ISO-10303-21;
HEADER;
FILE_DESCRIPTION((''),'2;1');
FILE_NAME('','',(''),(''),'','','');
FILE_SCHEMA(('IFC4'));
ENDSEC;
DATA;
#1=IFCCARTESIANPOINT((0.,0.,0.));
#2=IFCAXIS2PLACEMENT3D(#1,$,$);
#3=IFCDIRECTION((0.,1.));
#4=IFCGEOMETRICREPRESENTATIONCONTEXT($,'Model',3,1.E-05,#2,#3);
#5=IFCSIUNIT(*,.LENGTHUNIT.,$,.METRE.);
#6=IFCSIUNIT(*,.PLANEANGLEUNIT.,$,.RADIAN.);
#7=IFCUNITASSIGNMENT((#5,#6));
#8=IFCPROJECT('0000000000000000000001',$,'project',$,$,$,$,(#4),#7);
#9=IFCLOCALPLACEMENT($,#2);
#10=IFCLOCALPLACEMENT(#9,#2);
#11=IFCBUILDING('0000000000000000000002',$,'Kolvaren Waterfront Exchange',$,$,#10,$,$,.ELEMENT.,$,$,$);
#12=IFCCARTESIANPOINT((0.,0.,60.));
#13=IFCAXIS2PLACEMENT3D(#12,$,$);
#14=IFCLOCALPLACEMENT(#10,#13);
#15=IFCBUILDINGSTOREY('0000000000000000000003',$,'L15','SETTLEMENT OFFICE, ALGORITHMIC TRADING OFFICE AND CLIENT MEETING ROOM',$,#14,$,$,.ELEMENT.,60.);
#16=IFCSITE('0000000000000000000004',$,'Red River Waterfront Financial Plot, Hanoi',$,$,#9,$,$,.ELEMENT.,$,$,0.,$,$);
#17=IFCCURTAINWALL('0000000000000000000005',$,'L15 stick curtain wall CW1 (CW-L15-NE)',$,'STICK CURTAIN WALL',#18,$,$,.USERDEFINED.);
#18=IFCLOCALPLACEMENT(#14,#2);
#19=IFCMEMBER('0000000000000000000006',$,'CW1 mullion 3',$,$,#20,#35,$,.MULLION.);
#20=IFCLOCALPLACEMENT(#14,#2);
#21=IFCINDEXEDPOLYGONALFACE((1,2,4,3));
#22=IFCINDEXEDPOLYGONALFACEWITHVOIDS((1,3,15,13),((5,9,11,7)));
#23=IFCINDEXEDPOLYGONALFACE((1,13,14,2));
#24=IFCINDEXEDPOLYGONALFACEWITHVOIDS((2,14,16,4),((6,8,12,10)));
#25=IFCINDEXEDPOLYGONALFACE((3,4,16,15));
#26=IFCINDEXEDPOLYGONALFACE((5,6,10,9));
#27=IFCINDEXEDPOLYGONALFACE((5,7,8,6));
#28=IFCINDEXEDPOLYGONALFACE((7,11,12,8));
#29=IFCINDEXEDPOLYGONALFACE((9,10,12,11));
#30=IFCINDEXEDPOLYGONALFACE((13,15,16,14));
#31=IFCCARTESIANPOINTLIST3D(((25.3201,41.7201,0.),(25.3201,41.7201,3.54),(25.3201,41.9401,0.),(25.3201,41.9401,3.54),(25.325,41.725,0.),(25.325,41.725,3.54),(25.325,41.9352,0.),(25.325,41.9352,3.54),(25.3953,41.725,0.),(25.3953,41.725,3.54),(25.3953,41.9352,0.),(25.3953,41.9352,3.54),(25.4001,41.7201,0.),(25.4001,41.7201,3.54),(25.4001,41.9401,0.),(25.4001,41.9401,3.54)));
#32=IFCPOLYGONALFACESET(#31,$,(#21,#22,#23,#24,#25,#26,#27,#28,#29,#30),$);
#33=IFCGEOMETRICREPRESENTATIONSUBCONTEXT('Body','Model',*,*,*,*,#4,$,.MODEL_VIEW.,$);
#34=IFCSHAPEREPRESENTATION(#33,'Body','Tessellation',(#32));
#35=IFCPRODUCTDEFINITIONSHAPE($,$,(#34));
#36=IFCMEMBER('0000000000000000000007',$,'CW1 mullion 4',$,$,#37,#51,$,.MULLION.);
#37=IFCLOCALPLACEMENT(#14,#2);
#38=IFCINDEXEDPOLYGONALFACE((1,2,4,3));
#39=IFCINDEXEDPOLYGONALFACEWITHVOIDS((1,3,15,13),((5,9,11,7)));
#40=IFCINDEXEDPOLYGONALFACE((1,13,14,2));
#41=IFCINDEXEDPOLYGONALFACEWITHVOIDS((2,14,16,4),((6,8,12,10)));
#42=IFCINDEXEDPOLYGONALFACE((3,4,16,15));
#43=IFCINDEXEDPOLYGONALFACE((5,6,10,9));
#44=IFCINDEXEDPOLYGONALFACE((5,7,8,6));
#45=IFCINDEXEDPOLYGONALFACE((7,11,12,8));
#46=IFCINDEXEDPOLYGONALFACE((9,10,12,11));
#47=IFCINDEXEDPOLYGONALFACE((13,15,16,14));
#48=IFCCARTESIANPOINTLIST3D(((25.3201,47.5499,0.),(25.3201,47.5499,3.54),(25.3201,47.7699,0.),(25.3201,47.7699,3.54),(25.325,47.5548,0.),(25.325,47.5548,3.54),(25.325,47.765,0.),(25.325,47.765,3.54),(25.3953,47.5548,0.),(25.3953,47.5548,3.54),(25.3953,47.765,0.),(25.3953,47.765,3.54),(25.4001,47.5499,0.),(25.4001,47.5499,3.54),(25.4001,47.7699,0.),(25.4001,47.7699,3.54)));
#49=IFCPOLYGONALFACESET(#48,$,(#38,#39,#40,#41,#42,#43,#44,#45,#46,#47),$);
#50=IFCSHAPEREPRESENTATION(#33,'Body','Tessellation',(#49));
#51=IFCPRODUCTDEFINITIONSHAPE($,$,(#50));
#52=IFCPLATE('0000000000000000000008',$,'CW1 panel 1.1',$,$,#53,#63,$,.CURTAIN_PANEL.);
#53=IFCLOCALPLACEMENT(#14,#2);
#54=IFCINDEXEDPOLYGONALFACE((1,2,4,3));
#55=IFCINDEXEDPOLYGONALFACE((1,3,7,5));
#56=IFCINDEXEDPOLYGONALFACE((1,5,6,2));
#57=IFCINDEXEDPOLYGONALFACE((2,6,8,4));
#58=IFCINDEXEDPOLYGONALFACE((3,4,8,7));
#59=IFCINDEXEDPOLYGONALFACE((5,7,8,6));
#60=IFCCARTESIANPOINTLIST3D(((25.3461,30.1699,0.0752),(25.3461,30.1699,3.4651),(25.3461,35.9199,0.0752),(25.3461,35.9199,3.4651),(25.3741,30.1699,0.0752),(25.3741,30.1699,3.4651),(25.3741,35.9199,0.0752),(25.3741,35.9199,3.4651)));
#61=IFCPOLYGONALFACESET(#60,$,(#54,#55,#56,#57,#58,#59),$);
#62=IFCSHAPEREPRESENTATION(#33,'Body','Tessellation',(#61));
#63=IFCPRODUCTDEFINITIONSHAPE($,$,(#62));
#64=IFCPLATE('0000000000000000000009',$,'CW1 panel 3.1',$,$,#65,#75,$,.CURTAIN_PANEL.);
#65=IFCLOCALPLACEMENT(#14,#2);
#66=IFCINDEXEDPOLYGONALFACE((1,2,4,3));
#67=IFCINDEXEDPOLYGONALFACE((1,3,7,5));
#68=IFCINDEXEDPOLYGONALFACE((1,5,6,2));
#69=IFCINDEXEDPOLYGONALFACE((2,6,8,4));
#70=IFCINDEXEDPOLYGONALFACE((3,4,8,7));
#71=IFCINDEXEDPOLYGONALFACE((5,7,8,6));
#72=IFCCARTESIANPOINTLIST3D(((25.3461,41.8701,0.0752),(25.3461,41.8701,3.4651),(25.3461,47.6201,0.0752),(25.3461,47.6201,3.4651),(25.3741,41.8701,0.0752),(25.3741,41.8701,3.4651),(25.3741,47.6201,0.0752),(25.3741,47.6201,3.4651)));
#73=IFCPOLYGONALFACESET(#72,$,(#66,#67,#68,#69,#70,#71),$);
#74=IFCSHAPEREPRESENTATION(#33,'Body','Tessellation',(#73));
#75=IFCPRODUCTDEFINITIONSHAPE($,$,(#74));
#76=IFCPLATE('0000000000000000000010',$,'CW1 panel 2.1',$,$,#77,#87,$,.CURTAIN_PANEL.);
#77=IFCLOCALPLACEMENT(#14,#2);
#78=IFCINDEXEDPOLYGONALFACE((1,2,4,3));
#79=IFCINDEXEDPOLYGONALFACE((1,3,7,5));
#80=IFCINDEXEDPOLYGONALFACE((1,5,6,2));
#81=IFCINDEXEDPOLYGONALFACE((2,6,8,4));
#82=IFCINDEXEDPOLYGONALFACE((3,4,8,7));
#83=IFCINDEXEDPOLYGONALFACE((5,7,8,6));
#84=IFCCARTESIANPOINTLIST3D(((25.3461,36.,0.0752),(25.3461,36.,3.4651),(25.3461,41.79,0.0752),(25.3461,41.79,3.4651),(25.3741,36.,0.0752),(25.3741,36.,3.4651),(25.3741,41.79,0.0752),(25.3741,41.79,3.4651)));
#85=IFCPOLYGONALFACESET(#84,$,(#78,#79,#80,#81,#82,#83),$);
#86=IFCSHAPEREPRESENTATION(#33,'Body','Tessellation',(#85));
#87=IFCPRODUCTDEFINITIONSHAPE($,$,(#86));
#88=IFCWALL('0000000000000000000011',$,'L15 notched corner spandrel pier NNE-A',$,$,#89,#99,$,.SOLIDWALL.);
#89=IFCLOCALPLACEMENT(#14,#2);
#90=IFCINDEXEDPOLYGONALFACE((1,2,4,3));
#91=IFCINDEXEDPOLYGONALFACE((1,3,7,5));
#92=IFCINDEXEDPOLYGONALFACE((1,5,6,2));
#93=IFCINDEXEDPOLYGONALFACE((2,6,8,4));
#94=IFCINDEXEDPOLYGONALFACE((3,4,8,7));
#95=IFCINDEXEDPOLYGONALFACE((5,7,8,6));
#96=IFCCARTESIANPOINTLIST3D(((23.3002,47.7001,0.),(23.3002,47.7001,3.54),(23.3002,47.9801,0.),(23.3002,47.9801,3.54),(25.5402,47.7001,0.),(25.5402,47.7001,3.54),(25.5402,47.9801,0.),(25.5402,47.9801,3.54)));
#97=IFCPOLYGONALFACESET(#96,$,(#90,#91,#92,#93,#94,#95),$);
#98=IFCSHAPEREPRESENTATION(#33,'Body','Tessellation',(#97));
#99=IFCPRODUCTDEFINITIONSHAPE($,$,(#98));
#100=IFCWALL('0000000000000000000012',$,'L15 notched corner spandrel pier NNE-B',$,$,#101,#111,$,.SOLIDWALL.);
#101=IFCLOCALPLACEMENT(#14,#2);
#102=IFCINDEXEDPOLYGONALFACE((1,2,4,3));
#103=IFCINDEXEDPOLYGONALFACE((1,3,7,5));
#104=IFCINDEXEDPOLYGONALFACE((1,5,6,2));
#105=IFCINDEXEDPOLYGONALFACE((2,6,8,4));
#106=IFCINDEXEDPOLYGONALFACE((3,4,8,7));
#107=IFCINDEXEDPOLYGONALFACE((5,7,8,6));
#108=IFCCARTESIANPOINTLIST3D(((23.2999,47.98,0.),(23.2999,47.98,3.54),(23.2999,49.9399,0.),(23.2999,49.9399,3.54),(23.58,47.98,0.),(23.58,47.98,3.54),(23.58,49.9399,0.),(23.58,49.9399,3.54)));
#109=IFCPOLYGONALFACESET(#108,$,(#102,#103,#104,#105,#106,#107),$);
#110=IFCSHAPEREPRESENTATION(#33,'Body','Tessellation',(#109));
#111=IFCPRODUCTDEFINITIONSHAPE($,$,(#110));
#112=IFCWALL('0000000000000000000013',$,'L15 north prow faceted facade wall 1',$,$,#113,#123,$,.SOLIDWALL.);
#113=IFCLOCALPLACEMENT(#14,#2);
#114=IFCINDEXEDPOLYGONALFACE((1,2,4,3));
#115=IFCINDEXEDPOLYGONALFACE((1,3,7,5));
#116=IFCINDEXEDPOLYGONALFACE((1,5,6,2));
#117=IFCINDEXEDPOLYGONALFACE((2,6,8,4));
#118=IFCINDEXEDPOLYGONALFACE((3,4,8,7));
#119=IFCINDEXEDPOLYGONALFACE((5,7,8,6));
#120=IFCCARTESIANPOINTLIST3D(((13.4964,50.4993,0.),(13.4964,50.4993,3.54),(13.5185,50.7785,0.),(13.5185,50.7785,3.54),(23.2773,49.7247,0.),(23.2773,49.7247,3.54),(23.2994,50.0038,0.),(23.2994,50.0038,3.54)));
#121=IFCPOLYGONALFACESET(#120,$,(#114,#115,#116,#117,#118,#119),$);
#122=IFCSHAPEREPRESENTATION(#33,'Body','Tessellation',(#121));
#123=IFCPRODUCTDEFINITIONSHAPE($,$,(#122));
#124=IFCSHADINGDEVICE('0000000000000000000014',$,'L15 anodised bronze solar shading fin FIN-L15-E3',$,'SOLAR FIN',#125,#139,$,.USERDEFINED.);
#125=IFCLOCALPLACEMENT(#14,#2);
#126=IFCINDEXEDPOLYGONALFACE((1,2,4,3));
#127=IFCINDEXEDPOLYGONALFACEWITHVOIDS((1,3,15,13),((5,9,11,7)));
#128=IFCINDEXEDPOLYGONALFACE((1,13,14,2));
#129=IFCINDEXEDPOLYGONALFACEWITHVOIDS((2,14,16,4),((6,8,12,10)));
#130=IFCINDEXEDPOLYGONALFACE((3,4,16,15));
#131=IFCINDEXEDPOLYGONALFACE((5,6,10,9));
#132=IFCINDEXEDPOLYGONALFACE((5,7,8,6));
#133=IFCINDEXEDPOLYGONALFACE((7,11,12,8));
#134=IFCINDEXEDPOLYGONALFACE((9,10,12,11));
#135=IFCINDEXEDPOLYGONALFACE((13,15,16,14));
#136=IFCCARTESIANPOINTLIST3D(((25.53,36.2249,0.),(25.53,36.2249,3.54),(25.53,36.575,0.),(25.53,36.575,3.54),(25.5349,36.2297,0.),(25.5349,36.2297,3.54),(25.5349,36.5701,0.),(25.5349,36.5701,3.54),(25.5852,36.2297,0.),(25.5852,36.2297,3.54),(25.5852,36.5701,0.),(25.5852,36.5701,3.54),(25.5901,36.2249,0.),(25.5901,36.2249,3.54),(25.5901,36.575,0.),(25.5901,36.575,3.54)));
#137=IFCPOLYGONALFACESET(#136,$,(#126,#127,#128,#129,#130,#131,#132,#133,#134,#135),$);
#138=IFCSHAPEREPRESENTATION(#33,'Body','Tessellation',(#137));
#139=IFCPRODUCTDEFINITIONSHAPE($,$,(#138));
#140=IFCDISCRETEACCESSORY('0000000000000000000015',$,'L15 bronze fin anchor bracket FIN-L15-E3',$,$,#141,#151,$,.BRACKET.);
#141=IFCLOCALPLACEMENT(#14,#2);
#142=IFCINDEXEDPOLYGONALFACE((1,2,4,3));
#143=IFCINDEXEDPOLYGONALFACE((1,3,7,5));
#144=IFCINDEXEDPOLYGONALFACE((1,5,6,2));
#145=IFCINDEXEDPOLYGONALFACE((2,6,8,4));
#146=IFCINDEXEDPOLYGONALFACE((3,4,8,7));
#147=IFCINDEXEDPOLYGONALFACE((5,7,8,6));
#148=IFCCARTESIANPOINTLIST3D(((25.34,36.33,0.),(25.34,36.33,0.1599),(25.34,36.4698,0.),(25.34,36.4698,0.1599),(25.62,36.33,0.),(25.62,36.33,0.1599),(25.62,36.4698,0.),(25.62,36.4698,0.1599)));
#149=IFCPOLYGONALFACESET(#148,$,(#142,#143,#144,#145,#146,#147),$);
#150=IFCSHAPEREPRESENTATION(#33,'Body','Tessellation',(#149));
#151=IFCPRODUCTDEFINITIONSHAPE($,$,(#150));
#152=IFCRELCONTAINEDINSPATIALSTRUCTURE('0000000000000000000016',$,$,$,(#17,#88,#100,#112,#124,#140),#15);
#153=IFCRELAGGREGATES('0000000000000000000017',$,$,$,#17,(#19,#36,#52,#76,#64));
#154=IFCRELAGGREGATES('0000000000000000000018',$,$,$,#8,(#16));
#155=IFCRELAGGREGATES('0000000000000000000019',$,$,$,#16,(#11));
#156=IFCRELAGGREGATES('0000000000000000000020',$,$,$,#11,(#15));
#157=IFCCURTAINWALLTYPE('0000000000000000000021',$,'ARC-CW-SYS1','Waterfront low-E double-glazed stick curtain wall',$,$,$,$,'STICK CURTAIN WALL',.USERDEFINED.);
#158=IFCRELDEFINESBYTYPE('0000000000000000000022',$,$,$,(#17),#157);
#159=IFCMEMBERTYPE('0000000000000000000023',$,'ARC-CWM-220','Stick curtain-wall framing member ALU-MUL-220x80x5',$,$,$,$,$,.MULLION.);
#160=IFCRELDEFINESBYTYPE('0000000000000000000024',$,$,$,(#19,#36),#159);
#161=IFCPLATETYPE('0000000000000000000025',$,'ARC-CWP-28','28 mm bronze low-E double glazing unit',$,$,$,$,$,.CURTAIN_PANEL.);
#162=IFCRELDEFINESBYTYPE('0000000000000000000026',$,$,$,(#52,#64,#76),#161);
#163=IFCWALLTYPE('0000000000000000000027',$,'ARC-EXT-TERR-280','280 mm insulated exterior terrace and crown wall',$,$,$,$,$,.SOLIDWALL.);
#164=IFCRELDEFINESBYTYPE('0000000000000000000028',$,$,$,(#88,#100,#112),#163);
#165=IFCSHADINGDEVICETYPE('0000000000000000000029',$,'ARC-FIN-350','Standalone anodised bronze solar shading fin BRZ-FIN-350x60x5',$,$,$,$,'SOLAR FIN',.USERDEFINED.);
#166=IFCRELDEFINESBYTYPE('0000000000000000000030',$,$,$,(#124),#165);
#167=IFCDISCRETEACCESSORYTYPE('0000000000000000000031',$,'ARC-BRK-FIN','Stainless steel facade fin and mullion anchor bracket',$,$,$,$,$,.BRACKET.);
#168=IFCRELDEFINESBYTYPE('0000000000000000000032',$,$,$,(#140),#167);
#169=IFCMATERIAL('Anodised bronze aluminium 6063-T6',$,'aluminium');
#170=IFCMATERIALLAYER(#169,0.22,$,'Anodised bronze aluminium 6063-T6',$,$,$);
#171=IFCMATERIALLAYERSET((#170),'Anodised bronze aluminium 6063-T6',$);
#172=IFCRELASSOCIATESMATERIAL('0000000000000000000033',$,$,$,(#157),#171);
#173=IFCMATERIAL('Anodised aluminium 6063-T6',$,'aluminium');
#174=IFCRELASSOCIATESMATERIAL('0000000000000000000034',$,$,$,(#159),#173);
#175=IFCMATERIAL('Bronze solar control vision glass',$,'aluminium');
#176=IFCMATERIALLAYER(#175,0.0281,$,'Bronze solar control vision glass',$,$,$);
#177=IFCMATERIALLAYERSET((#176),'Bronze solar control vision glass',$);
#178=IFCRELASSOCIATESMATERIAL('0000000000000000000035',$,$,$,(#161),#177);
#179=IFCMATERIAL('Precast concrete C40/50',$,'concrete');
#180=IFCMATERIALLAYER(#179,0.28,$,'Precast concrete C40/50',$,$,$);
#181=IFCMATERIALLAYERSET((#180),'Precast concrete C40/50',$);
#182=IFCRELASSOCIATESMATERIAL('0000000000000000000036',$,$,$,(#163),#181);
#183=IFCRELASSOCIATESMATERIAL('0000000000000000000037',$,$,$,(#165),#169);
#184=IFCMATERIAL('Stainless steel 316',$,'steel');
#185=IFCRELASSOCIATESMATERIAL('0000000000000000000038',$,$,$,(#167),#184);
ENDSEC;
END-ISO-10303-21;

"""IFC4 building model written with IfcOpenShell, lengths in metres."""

from ifc_helpers import new_model, si_unit, direction, frame, frame_2d, origin, origin_with_axes, origin_2d, place, context, subcontext, project, spatial, rectangle, hollow_rectangle, extrude, source, transform, mapped, material, layer, layer_set, material_profile, profile_set, type_object, element, aggregate, save


model = new_model("IFC4")

# Units and contexts
model_context = context("Model", 3, precision=1e-05, world=origin(), true_north=direction((0.0, 1.0)))
body_context = subcontext(model_context, "Body", "Model", "MODEL_VIEW")
ifc_project = project(units=[si_unit("LENGTHUNIT", "METRE"), si_unit("PLANEANGLEUNIT", "RADIAN")], contexts=[model_context])

# Site, building, storey
site_placement = place(None, origin())
site = spatial("IfcSite", under=ifc_project, at=site_placement, Name="Red River Waterfront Financial Plot, Hanoi", CompositionType="ELEMENT", RefElevation=0.0)
building_placement = place(site_placement, origin())
building = spatial("IfcBuilding", under=site, at=building_placement, Name="Kolvaren Waterfront Exchange", CompositionType="ELEMENT")
storey_placement = place(building_placement, frame((0.0, 0.0, 60.0)))
storey = spatial("IfcBuildingStorey", under=building, at=storey_placement, Name="L15", Description="SETTLEMENT OFFICE, ALGORITHMIC TRADING OFFICE AND CLIENT MEETING ROOM", CompositionType="ELEMENT", Elevation=60.0)

# Curtain wall, members, plates
ifc_material_1 = material(Name="Anodised bronze aluminium 6063-T6", Category="aluminium")
ifc_layer_1 = layer(ifc_material_1, 0.22, Name="Anodised bronze aluminium 6063-T6")
ifc_layer_set_1 = layer_set([ifc_layer_1], Name="Anodised bronze aluminium 6063-T6")
curtain_wall_type = type_object("IfcCurtainWallType", Name="ARC-CW-SYS1", Description="Waterfront low-E double-glazed stick curtain wall", ElementType="STICK CURTAIN WALL", PredefinedType="USERDEFINED", material=ifc_layer_set_1)
curtain_wall_placement = place(storey_placement, origin())
curtain_wall = element("IfcCurtainWall", 1, at=curtain_wall_placement, inside=storey, type_object=curtain_wall_type, Name="L15 stick curtain wall CW1 (CW-L15-NE)", ObjectType="STICK CURTAIN WALL", PredefinedType="USERDEFINED")
ifc_material_2 = material(Name="Anodised aluminium 6063-T6", Category="aluminium")
ifc_material_profile_1 = material_profile(ifc_material_2, hollow_rectangle(XDim=0.0801, YDim=0.22, WallThickness=0.0049, at=origin_2d()), Name="ALU-MUL-220x80x5")
ifc_profile_set_1 = profile_set([ifc_material_profile_1], Name="Anodised aluminium 6063-T6")
member_type_1 = type_object("IfcMemberType", Name="ARC-CWM-220", Description="Stick curtain-wall framing member ALU-MUL-220x80x5", PredefinedType="MULLION", material=ifc_profile_set_1)
shared_shape_1 = source(origin_with_axes(), body_context, "Body", "SweptSolid", [
    extrude(hollow_rectangle(XDim=0.0801, YDim=0.22, WallThickness=0.0049, at=origin_2d()), origin(), (0.0, 0.0, 1.0), 3.54),
])
member_1_placement = place(storey_placement, frame((25.3601, 41.8301, 0.0), z_axis=(0.0, 0.0, 1.0), x_axis=(-1.0, 0.0, 0.0)))
member_1 = element("IfcMember", 2, at=member_1_placement, type_object=member_type_1, Name="CW1 mullion 3", PredefinedType="MULLION", context=body_context, shape_type="MappedRepresentation", body=[
    mapped(shared_shape_1, transform((0.0, 0.0, 0.0), x_axis=(1.0, 0.0, 0.0), y_axis=(0.0, 1.0, 0.0), z_axis=(0.0, 0.0, 1.0), scale=1.0)),
])
member_2_placement = place(storey_placement, frame((25.3601, 47.6599, 0.0), z_axis=(0.0, 0.0, 1.0), x_axis=(-1.0, 0.0, 0.0)))
member_2 = element("IfcMember", 3, at=member_2_placement, type_object=member_type_1, Name="CW1 mullion 4", PredefinedType="MULLION", context=body_context, shape_type="MappedRepresentation", body=[
    mapped(shared_shape_1, transform((0.0, 0.0, 0.0), x_axis=(1.0, 0.0, 0.0), y_axis=(0.0, 1.0, 0.0), z_axis=(0.0, 0.0, 1.0), scale=1.0)),
])
ifc_material_3 = material(Name="Bronze solar control vision glass", Category="aluminium")
ifc_layer_2 = layer(ifc_material_3, 0.0281, Name="Bronze solar control vision glass")
ifc_layer_set_2 = layer_set([ifc_layer_2], Name="Bronze solar control vision glass")
plate_type = type_object("IfcPlateType", Name="ARC-CWP-28", Description="28 mm bronze low-E double glazing unit", PredefinedType="CURTAIN_PANEL", material=ifc_layer_set_2)
shared_shape_2 = source(origin_with_axes(), body_context, "Body", "SweptSolid", [
    extrude(rectangle(XDim=5.75, YDim=0.0281, at=origin_2d()), origin(), (0.0, 0.0, 1.0), 3.3899),
])
plate_1_placement = place(storey_placement, frame((25.3601, 33.0449, 0.0752), z_axis=(0.0, 0.0, 1.0), x_axis=(0.0, 1.0, 0.0)))
plate_1 = element("IfcPlate", 4, at=plate_1_placement, type_object=plate_type, Name="CW1 panel 1.1", PredefinedType="CURTAIN_PANEL", context=body_context, shape_type="MappedRepresentation", body=[
    mapped(shared_shape_2, transform((0.0, 0.0, 0.0), x_axis=(1.0, 0.0, 0.0), y_axis=(0.0, 1.0, 0.0), z_axis=(0.0, 0.0, 1.0), scale=1.0)),
])
plate_2_placement = place(storey_placement, frame((25.3601, 44.7451, 0.0752), z_axis=(0.0, 0.0, 1.0), x_axis=(0.0, 1.0, 0.0)))
plate_2 = element("IfcPlate", 5, at=plate_2_placement, type_object=plate_type, Name="CW1 panel 3.1", PredefinedType="CURTAIN_PANEL", context=body_context, shape_type="MappedRepresentation", body=[
    mapped(shared_shape_2, transform((0.0, 0.0, 0.0), x_axis=(1.0, 0.0, 0.0), y_axis=(0.0, 1.0, 0.0), z_axis=(0.0, 0.0, 1.0), scale=1.0)),
])
shared_shape_3 = source(origin_with_axes(), body_context, "Body", "SweptSolid", [
    extrude(rectangle(XDim=5.79, YDim=0.0281, at=origin_2d()), origin(), (0.0, 0.0, 1.0), 3.3899),
])
plate_3_placement = place(storey_placement, frame((25.3601, 38.895, 0.0752), z_axis=(0.0, 0.0, 1.0), x_axis=(0.0, 1.0, 0.0)))
plate_3 = element("IfcPlate", 6, at=plate_3_placement, type_object=plate_type, Name="CW1 panel 2.1", PredefinedType="CURTAIN_PANEL", context=body_context, shape_type="MappedRepresentation", body=[
    mapped(shared_shape_3, transform((0.0, 0.0, 0.0), x_axis=(1.0, 0.0, 0.0), y_axis=(0.0, 1.0, 0.0), z_axis=(0.0, 0.0, 1.0), scale=1.0)),
])
aggregate(curtain_wall, [member_1, member_2, plate_1, plate_3, plate_2])

# Walls
ifc_material_4 = material(Name="Precast concrete C40/50", Category="concrete")
ifc_layer_3 = layer(ifc_material_4, 0.28, Name="Precast concrete C40/50")
ifc_layer_set_3 = layer_set([ifc_layer_3], Name="Precast concrete C40/50")
wall_type = type_object("IfcWallType", Name="ARC-EXT-TERR-280", Description="280 mm insulated exterior terrace and crown wall", PredefinedType="SOLIDWALL", material=ifc_layer_set_3)
wall_1_placement = place(storey_placement, frame((23.3, 47.8401, 0.0), z_axis=(0.0, 0.0, 1.0), x_axis=(1.0, 0.0, 0.0)))
element("IfcWall", 7, at=wall_1_placement, inside=storey, type_object=wall_type, Name="L15 notched corner spandrel pier NNE-A", PredefinedType="SOLIDWALL", context=body_context, shape_type="SweptSolid", body=[
    extrude(rectangle(XDim=2.24, YDim=0.28, at=frame_2d((1.1201, 0.0))), origin(), (0.0, 0.0, 1.0), 3.54),
])
wall_2_placement = place(storey_placement, frame((23.4399, 47.98, 0.0), z_axis=(0.0, 0.0, 1.0), x_axis=(0.0, 1.0, 0.0)))
element("IfcWall", 8, at=wall_2_placement, inside=storey, type_object=wall_type, Name="L15 notched corner spandrel pier NNE-B", PredefinedType="SOLIDWALL", context=body_context, shape_type="SweptSolid", body=[
    extrude(rectangle(XDim=1.96, YDim=0.28, at=frame_2d((0.98, 0.0))), origin(), (0.0, 0.0, 1.0), 3.54),
])
wall_3_placement = place(storey_placement, frame((23.2883, 49.8643, 0.0), z_axis=(0.0, 0.0, 1.0), x_axis=(-0.996878, 0.078953, 0.0)))
element("IfcWall", 9, at=wall_3_placement, inside=storey, type_object=wall_type, Name="L15 north prow faceted facade wall 1", PredefinedType="SOLIDWALL", context=body_context, shape_type="SweptSolid", body=[
    extrude(rectangle(XDim=9.8115, YDim=0.28, at=frame_2d((4.9058, 0.0))), origin(), (0.0, 0.0, 1.0), 3.54),
])

# Shading device
ifc_material_profile_2 = material_profile(ifc_material_1, hollow_rectangle(XDim=0.0601, YDim=0.3501, WallThickness=0.0049, at=origin_2d()), Name="BRZ-FIN-350x60x5")
ifc_profile_set_2 = profile_set([ifc_material_profile_2], Name="Anodised bronze aluminium 6063-T6")
shading_device_type = type_object("IfcShadingDeviceType", Name="ARC-FIN-350", Description="Standalone anodised bronze solar shading fin BRZ-FIN-350x60x5", ElementType="SOLAR FIN", PredefinedType="USERDEFINED", material=ifc_profile_set_2)
shading_device_placement = place(storey_placement, frame((25.5601, 36.3999, 0.0), z_axis=(0.0, 0.0, 1.0), x_axis=(1.0, 0.0, 0.0)))
element("IfcShadingDevice", 10, at=shading_device_placement, inside=storey, type_object=shading_device_type, Name="L15 anodised bronze solar shading fin FIN-L15-E3", ObjectType="SOLAR FIN", PredefinedType="USERDEFINED", context=body_context, shape_type="SweptSolid", body=[
    extrude(hollow_rectangle(XDim=0.0601, YDim=0.3501, WallThickness=0.0049, at=origin_2d()), origin(), (0.0, 0.0, 1.0), 3.54),
])

# Discrete accessory
ifc_material_5 = material(Name="Stainless steel 316", Category="steel")
discrete_accessory_type = type_object("IfcDiscreteAccessoryType", Name="ARC-BRK-FIN", Description="Stainless steel facade fin and mullion anchor bracket", PredefinedType="BRACKET", material=ifc_material_5)
shared_shape_4 = source(origin_with_axes(), body_context, "Body", "SweptSolid", [
    extrude(rectangle(XDim=0.28, YDim=0.1399, at=origin_2d()), origin(), (0.0, 0.0, 1.0), 0.1599),
])
discrete_accessory_placement = place(storey_placement, frame((25.48, 36.3999, 0.0), z_axis=(0.0, 0.0, 1.0), x_axis=(1.0, 0.0, 0.0)))
element("IfcDiscreteAccessory", 11, at=discrete_accessory_placement, inside=storey, type_object=discrete_accessory_type, Name="L15 bronze fin anchor bracket FIN-L15-E3", PredefinedType="BRACKET", context=body_context, shape_type="MappedRepresentation", body=[
    mapped(shared_shape_4, transform((0.0, 0.0, 0.0), x_axis=(1.0, 0.0, 0.0), y_axis=(0.0, 1.0, 0.0), z_axis=(0.0, 0.0, 1.0), scale=1.0)),
])

save(model, "model.ifc")
